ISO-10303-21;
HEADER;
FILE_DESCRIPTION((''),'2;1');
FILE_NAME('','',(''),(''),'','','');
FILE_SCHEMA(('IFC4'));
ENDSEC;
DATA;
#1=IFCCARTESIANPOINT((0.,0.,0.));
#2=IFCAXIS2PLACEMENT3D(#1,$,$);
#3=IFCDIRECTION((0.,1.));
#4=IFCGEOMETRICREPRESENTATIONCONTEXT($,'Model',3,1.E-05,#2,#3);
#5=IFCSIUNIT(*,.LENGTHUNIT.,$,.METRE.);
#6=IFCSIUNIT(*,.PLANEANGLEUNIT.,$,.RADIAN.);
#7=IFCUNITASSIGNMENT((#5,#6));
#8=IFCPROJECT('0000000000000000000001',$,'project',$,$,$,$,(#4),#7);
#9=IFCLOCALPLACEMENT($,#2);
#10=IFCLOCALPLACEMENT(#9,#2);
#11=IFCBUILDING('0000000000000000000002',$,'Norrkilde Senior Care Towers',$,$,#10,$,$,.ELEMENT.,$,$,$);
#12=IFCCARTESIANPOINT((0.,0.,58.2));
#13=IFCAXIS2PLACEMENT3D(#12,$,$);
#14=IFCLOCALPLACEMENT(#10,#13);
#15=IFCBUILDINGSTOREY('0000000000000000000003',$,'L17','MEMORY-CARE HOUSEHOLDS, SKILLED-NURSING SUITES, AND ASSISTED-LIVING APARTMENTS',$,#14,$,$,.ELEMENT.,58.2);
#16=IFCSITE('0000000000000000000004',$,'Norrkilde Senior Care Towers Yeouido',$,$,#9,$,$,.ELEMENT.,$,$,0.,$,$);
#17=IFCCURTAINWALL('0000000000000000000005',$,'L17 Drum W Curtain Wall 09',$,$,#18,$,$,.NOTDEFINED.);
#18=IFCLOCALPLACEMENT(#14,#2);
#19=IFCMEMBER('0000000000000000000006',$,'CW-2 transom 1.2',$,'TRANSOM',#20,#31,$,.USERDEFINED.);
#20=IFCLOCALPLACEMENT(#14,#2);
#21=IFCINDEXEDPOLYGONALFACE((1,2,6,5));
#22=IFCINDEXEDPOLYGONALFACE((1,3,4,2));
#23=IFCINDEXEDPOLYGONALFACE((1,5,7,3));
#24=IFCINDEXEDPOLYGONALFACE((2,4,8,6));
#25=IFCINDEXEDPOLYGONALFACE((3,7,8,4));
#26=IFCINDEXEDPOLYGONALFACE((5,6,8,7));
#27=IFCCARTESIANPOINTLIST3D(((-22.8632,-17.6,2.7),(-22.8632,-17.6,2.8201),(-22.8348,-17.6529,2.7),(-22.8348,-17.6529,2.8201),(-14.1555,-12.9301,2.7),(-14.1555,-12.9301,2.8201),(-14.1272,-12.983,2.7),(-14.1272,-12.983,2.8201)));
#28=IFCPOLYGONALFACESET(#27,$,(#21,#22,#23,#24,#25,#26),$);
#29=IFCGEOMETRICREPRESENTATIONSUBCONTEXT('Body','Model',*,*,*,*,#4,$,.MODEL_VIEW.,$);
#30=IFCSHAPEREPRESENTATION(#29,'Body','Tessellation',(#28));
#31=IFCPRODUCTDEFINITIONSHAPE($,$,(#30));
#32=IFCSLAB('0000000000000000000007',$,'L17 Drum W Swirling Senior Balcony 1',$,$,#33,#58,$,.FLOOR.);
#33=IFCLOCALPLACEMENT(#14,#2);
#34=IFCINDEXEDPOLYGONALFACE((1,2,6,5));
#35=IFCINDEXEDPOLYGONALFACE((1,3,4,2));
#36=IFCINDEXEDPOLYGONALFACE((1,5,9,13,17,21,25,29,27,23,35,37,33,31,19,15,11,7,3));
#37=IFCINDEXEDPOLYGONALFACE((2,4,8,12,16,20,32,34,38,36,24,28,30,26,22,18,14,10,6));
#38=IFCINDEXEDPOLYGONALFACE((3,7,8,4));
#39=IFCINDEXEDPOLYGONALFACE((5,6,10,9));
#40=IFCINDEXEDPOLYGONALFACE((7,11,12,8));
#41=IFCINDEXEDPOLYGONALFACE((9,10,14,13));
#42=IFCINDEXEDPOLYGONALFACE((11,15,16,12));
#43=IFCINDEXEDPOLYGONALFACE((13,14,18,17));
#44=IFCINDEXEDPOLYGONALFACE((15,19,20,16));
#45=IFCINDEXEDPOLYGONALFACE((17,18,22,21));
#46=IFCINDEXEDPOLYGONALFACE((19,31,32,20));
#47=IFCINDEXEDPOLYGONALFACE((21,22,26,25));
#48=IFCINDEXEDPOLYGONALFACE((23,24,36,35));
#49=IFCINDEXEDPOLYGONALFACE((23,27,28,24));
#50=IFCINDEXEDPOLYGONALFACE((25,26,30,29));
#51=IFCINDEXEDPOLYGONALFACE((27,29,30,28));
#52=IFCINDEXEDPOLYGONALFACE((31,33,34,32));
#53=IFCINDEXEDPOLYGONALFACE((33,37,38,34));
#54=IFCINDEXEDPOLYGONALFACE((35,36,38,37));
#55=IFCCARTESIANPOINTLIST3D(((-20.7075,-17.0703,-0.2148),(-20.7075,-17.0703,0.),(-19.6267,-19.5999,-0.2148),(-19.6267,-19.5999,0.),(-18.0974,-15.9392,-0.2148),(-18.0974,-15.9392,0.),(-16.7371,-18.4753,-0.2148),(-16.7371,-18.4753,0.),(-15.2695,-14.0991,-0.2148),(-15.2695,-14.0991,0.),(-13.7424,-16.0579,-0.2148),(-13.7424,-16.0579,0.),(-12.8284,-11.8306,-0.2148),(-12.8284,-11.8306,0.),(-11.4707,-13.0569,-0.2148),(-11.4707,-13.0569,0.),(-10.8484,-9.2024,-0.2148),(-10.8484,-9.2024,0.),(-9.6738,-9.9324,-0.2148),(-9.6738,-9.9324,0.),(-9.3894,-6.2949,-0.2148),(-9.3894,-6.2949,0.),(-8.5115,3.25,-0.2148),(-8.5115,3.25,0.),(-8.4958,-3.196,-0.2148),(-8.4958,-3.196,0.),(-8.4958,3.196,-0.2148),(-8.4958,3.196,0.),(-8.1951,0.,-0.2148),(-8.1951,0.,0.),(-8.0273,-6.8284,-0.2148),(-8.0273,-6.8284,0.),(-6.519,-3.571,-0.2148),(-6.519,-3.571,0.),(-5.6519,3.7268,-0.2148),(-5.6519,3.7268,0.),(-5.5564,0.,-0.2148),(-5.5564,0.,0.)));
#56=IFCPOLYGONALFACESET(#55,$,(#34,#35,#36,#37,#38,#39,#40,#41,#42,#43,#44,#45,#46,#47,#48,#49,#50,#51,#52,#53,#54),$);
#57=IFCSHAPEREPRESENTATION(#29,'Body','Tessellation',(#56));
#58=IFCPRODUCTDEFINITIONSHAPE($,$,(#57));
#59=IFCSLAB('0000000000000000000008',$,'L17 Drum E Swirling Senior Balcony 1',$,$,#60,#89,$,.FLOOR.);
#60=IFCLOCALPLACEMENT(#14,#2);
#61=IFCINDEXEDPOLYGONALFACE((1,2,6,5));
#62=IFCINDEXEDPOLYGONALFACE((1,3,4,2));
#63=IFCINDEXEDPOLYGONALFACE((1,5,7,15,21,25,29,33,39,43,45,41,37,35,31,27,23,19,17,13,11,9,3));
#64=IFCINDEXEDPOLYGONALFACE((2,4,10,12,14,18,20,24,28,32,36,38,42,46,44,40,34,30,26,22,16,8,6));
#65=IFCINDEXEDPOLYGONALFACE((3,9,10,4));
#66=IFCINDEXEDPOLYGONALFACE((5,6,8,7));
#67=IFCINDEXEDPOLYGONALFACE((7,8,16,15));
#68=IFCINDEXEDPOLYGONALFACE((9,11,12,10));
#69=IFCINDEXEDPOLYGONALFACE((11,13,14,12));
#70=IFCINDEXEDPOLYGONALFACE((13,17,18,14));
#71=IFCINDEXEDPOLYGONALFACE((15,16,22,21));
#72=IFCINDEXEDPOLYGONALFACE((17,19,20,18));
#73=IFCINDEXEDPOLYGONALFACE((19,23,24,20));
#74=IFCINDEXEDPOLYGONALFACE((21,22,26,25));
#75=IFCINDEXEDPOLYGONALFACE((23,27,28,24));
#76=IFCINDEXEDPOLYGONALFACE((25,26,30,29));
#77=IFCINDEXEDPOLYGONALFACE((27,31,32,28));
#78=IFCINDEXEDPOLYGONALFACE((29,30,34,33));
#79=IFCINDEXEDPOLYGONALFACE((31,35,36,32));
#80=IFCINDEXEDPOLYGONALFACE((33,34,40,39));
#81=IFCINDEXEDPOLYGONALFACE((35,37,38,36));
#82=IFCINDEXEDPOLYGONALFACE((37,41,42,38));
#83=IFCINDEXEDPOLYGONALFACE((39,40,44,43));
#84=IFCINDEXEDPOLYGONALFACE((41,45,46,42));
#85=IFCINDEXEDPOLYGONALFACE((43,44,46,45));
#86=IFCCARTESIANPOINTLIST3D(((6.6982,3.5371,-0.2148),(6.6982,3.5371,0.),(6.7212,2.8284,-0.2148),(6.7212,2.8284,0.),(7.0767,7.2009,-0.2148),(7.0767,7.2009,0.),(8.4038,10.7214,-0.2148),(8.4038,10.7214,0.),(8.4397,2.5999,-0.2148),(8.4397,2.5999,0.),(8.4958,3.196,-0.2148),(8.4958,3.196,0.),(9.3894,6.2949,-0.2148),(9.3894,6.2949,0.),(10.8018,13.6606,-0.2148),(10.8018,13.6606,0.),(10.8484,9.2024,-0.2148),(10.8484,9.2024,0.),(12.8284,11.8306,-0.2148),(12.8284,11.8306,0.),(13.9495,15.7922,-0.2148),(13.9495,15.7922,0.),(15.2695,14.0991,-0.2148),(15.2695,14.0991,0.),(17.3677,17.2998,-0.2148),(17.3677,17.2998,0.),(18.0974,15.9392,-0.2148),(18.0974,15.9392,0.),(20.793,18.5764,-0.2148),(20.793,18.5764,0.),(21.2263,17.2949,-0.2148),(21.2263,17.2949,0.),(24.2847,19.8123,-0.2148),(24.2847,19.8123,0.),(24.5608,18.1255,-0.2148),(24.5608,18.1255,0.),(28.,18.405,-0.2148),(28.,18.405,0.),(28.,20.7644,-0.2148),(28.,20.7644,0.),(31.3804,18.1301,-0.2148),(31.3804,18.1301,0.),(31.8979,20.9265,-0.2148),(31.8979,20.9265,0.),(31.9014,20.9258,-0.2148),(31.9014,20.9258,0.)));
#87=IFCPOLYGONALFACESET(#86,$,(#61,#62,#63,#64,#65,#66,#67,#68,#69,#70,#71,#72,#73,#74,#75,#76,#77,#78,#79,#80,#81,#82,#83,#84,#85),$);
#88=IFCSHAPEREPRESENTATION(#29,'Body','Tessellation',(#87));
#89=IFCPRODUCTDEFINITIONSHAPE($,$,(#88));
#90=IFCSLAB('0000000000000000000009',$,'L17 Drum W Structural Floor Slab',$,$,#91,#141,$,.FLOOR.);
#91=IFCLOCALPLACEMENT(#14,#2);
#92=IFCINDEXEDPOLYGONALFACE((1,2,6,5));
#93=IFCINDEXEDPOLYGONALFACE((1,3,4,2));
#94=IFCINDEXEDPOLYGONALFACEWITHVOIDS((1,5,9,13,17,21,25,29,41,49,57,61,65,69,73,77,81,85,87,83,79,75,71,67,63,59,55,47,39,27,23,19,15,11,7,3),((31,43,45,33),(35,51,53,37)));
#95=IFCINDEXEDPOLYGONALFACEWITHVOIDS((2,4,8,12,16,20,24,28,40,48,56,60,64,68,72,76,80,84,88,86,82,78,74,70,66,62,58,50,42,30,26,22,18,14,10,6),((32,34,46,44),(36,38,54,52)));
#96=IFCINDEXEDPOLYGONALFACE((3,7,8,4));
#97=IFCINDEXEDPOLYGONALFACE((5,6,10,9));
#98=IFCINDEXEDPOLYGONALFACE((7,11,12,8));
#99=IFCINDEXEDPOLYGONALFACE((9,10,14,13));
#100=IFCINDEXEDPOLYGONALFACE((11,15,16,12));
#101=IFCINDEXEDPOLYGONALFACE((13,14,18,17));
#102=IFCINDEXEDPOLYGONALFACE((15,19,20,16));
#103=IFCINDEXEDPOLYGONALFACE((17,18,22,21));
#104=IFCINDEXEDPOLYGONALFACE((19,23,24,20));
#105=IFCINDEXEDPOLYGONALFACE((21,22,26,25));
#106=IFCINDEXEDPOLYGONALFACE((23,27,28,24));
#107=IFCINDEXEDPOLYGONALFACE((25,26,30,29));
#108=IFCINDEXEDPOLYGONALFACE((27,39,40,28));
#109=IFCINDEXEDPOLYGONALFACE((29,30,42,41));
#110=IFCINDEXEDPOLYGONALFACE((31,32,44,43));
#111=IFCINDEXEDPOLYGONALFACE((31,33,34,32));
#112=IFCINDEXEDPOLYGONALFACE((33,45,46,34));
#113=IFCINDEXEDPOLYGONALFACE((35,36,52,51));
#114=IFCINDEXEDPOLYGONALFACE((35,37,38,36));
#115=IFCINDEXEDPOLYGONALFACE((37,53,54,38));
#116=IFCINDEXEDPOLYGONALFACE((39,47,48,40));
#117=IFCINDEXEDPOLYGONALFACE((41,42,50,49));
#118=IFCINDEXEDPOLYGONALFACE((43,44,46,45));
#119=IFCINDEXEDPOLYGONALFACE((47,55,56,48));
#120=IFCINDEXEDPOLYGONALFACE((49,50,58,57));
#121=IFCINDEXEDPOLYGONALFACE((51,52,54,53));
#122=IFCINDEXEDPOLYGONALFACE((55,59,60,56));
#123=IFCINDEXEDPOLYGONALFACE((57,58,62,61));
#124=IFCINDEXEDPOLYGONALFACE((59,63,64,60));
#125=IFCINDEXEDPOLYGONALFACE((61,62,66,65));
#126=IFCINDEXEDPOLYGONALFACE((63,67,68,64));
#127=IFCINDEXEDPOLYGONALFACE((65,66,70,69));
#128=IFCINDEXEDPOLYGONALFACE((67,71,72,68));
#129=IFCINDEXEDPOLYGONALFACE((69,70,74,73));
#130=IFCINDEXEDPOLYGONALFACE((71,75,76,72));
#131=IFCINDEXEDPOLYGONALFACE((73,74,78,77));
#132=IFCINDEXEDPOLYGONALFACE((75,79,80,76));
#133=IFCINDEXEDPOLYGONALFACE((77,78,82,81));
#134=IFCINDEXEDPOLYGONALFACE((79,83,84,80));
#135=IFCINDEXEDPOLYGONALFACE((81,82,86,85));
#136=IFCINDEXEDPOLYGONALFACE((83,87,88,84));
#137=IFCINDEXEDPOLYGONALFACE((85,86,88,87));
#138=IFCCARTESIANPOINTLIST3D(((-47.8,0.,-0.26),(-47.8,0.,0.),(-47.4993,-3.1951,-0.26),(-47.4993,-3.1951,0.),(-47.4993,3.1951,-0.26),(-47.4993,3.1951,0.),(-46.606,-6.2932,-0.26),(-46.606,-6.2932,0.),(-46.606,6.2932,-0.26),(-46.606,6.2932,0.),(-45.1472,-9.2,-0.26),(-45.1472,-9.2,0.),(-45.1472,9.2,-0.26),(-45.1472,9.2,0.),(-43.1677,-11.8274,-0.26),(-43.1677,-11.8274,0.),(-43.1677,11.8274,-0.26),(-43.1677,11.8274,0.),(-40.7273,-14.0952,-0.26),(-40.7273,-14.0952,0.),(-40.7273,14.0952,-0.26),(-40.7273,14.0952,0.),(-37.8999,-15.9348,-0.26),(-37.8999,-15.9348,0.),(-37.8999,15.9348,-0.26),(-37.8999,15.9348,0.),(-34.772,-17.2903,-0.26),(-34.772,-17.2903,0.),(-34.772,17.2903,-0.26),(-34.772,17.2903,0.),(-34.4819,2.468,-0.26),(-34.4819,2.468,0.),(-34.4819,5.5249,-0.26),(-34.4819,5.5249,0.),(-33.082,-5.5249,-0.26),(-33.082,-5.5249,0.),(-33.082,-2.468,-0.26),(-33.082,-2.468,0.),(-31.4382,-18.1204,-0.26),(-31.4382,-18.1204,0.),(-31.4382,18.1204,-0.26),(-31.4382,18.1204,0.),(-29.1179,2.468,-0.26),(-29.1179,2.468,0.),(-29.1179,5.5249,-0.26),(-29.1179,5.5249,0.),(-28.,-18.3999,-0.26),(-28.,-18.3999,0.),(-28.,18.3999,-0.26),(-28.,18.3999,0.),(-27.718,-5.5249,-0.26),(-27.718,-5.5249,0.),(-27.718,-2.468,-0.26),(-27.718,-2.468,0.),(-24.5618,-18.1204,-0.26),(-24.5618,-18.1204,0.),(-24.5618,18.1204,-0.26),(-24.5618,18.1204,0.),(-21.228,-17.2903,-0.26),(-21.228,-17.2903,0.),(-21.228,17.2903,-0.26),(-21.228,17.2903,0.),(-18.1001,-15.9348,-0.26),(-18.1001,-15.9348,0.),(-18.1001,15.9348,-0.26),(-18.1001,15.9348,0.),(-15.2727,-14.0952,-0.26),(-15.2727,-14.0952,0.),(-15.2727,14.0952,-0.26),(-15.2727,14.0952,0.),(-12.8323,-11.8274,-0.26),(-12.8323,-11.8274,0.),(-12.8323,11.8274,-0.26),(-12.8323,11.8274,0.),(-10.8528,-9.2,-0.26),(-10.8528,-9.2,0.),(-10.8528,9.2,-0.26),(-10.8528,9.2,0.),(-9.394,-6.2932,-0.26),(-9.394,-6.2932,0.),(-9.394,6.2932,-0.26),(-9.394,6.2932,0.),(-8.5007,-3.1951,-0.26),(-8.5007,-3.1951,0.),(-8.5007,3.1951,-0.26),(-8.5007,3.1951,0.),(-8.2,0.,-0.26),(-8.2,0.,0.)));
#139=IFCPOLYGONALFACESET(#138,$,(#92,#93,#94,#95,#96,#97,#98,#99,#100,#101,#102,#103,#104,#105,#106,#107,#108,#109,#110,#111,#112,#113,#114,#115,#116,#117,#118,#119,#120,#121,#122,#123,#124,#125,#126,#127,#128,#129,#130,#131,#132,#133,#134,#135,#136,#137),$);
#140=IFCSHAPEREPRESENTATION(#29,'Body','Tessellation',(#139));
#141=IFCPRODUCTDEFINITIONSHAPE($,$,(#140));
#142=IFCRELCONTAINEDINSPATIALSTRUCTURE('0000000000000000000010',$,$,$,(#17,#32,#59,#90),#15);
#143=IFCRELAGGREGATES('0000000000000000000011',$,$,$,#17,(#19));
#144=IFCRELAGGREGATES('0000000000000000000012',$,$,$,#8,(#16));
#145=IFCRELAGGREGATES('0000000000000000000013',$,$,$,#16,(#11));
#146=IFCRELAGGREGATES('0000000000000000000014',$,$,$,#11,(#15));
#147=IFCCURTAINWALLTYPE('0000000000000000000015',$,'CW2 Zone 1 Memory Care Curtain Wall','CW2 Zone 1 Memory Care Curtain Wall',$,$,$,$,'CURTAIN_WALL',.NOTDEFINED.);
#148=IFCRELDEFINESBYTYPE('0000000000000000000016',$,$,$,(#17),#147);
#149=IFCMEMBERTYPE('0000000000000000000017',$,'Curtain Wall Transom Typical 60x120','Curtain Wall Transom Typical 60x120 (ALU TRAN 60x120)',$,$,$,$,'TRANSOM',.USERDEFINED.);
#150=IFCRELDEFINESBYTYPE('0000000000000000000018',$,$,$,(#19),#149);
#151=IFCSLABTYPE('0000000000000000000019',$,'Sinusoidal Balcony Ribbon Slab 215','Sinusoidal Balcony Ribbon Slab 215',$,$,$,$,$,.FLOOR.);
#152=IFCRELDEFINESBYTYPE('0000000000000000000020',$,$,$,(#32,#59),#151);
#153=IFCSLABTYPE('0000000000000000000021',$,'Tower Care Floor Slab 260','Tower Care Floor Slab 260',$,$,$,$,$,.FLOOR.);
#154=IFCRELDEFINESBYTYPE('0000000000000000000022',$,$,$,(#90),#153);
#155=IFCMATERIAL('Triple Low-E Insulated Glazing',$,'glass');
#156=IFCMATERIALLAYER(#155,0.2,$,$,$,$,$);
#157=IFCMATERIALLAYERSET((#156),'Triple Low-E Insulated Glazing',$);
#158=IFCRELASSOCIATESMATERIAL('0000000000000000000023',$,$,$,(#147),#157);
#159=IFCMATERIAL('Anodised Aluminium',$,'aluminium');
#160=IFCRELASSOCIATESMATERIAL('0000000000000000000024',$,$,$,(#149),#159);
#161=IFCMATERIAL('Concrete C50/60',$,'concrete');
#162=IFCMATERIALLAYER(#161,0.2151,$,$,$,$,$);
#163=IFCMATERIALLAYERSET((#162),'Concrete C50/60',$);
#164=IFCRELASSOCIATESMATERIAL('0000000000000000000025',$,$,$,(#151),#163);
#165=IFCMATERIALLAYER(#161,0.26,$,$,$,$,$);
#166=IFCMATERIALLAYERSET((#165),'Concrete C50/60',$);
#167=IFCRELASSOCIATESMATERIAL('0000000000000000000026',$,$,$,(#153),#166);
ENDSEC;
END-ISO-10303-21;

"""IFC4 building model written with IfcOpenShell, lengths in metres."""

from ifc_helpers import new_model, si_unit, direction, frame, origin, origin_2d, place, context, subcontext, project, spatial, polyline, rectangle, outline, extrude, source, transform, mapped, material, layer, layer_set, material_profile, profile_set, type_object, element, aggregate, save


model = new_model("IFC4")

# Units and contexts
model_context = context("Model", 3, precision=1e-05, world=origin(), true_north=direction((0.0, 1.0)))
body_context = subcontext(model_context, "Body", "Model", "MODEL_VIEW")
ifc_project = project(units=[si_unit("LENGTHUNIT", "METRE"), si_unit("PLANEANGLEUNIT", "RADIAN")], contexts=[model_context])

# Site, building, storey
site_placement = place(None, origin())
site = spatial("IfcSite", under=ifc_project, at=site_placement, Name="Norrkilde Senior Care Towers Yeouido", CompositionType="ELEMENT", RefElevation=0.0)
building_placement = place(site_placement, origin())
building = spatial("IfcBuilding", under=site, at=building_placement, Name="Norrkilde Senior Care Towers", CompositionType="ELEMENT")
storey_placement = place(building_placement, frame((0.0, 0.0, 58.2)))
storey = spatial("IfcBuildingStorey", under=building, at=storey_placement, Name="L17", Description="MEMORY-CARE HOUSEHOLDS, SKILLED-NURSING SUITES, AND ASSISTED-LIVING APARTMENTS", CompositionType="ELEMENT", Elevation=58.2)

# Curtain wall
ifc_material_1 = material(Name="Triple Low-E Insulated Glazing", Category="glass")
ifc_layer_1 = layer(ifc_material_1, 0.2)
ifc_layer_set_1 = layer_set([ifc_layer_1], Name="Triple Low-E Insulated Glazing")
curtain_wall_type = type_object("IfcCurtainWallType", Name="CW2 Zone 1 Memory Care Curtain Wall", Description="CW2 Zone 1 Memory Care Curtain Wall", ElementType="CURTAIN_WALL", PredefinedType="NOTDEFINED", material=ifc_layer_set_1)
curtain_wall_1_placement = place(storey_placement, origin())
curtain_wall_1 = element("IfcCurtainWall", 1, at=curtain_wall_1_placement, inside=storey, type_object=curtain_wall_type, Name="L17 Drum W Curtain Wall 09", PredefinedType="NOTDEFINED")
ifc_material_2 = material(Name="Anodised Aluminium", Category="aluminium")

# Shared definitions
ifc_material_profile_1 = material_profile(ifc_material_2, rectangle(XDim=0.0601, YDim=0.1201, at=origin_2d()), Name="ALU TRAN 60x120")
ifc_profile_set_1 = profile_set([ifc_material_profile_1], Name="Anodised Aluminium")
member_type_1 = type_object("IfcMemberType", Name="Curtain Wall Transom Typical 60x120", Description="Curtain Wall Transom Typical 60x120 (ALU TRAN 60x120)", ElementType="TRANSOM", PredefinedType="USERDEFINED", material=ifc_profile_set_1)

# Member
shared_shape_1 = source(origin(), body_context, "Body", "SweptSolid", [
    extrude(rectangle(XDim=0.0601, YDim=0.1201, at=origin_2d()), origin(), (0.0, 0.0, 1.0), 9.8809),
])
member_1_placement = place(storey_placement, frame((-14.1414, -12.9565, 2.76), z_axis=(-0.881267, -0.472618, 0.0), x_axis=(0.472618, -0.881267, 0.0)))
member_1 = element("IfcMember", 2, at=member_1_placement, type_object=member_type_1, Name="CW-2 transom 1.2", ObjectType="TRANSOM", PredefinedType="USERDEFINED", context=body_context, shape_type="MappedRepresentation", body=[
    mapped(shared_shape_1, transform((0.0, 0.0, 0.0), x_axis=(1.0, 0.0, 0.0), y_axis=(0.0, 1.0, 0.0), z_axis=(0.0, 0.0, 1.0), scale=1.0)),
])

# Slabs
ifc_material_3 = material(Name="Concrete C50/60", Category="concrete")
ifc_layer_2 = layer(ifc_material_3, 0.2151)
ifc_layer_set_2 = layer_set([ifc_layer_2], Name="Concrete C50/60")
slab_type_1 = type_object("IfcSlabType", Name="Sinusoidal Balcony Ribbon Slab 215", Description="Sinusoidal Balcony Ribbon Slab 215", PredefinedType="FLOOR", material=ifc_layer_set_2)
slab_1_placement = place(storey_placement, frame((0.0, 0.0, -0.2148)))
element("IfcSlab", 3, at=slab_1_placement, inside=storey, type_object=slab_type_1, Name="L17 Drum W Swirling Senior Balcony 1", PredefinedType="FLOOR", context=body_context, shape_type="SweptSolid", body=[
    extrude(outline(polyline([(-9.6738, -9.9324), (-11.4707, -13.0569), (-13.7424, -16.0579), (-16.7371, -18.4753), (-19.6267, -19.5999), (-20.7075, -17.0703), (-18.0974, -15.9392), (-15.2695, -14.0991), (-12.8284, -11.8306), (-10.8484, -9.2024), (-9.3894, -6.2949), (-8.4958, -3.196), (-8.1951, 0.0), (-8.4958, 3.196), (-8.5115, 3.25), (-5.6519, 3.7268), (-5.5564, 0.0), (-6.519, -3.571), (-8.0273, -6.8284), (-9.6738, -9.9324)])), origin(), (0.0, 0.0, 1.0), 0.2148),
])
slab_2_placement = place(storey_placement, frame((0.0, 0.0, -0.2148)))
element("IfcSlab", 4, at=slab_2_placement, inside=storey, type_object=slab_type_1, Name="L17 Drum E Swirling Senior Balcony 1", PredefinedType="FLOOR", context=body_context, shape_type="SweptSolid", body=[
    extrude(outline(polyline([(7.0767, 7.2009), (8.4038, 10.7214), (10.8018, 13.6606), (13.9495, 15.7922), (17.3677, 17.2998), (20.793, 18.5764), (24.2847, 19.8123), (28.0, 20.7644), (31.8979, 20.9265), (31.9014, 20.9258), (31.3804, 18.1301), (28.0, 18.405), (24.5608, 18.1255), (21.2263, 17.2949), (18.0974, 15.9392), (15.2695, 14.0991), (12.8284, 11.8306), (10.8484, 9.2024), (9.3894, 6.2949), (8.4958, 3.196), (8.4397, 2.5999), (6.7212, 2.8284), (6.6982, 3.5371), (7.0767, 7.2009)])), origin(), (0.0, 0.0, 1.0), 0.2148),
])
ifc_layer_3 = layer(ifc_material_3, 0.26)
ifc_layer_set_3 = layer_set([ifc_layer_3], Name="Concrete C50/60")
slab_type_2 = type_object("IfcSlabType", Name="Tower Care Floor Slab 260", Description="Tower Care Floor Slab 260", PredefinedType="FLOOR", material=ifc_layer_set_3)
slab_3_placement = place(storey_placement, frame((0.0, 0.0, -0.26)))
element("IfcSlab", 5, at=slab_3_placement, inside=storey, type_object=slab_type_2, Name="L17 Drum W Structural Floor Slab", PredefinedType="FLOOR", context=body_context, shape_type="SweptSolid", body=[
    extrude(outline(polyline([(-9.394, -6.2932), (-10.8528, -9.2), (-12.8323, -11.8274), (-15.2727, -14.0952), (-18.1001, -15.9348), (-21.228, -17.2903), (-24.5618, -18.1204), (-28.0, -18.3999), (-31.4382, -18.1204), (-34.772, -17.2903), (-37.8999, -15.9348), (-40.7273, -14.0952), (-43.1677, -11.8274), (-45.1472, -9.2), (-46.606, -6.2932), (-47.4993, -3.1951), (-47.8, 0.0), (-47.4993, 3.1951), (-46.606, 6.2932), (-45.1472, 9.2), (-43.1677, 11.8274), (-40.7273, 14.0952), (-37.8999, 15.9348), (-34.772, 17.2903), (-31.4382, 18.1204), (-28.0, 18.3999), (-24.5618, 18.1204), (-21.228, 17.2903), (-18.1001, 15.9348), (-15.2727, 14.0952), (-12.8323, 11.8274), (-10.8528, 9.2), (-9.394, 6.2932), (-8.5007, 3.1951), (-8.2, 0.0), (-8.5007, -3.1951), (-9.394, -6.2932)]), holes=[polyline([(-34.4819, 2.468), (-29.1179, 2.468), (-29.1179, 5.5249), (-34.4819, 5.5249), (-34.4819, 2.468)]), polyline([(-27.718, -5.5249), (-27.718, -2.468), (-33.082, -2.468), (-33.082, -5.5249), (-27.718, -5.5249)])]), origin(), (0.0, 0.0, 1.0), 0.26),
])

aggregate(curtain_wall_1, [member_1])

save(model, "model.ifc")
